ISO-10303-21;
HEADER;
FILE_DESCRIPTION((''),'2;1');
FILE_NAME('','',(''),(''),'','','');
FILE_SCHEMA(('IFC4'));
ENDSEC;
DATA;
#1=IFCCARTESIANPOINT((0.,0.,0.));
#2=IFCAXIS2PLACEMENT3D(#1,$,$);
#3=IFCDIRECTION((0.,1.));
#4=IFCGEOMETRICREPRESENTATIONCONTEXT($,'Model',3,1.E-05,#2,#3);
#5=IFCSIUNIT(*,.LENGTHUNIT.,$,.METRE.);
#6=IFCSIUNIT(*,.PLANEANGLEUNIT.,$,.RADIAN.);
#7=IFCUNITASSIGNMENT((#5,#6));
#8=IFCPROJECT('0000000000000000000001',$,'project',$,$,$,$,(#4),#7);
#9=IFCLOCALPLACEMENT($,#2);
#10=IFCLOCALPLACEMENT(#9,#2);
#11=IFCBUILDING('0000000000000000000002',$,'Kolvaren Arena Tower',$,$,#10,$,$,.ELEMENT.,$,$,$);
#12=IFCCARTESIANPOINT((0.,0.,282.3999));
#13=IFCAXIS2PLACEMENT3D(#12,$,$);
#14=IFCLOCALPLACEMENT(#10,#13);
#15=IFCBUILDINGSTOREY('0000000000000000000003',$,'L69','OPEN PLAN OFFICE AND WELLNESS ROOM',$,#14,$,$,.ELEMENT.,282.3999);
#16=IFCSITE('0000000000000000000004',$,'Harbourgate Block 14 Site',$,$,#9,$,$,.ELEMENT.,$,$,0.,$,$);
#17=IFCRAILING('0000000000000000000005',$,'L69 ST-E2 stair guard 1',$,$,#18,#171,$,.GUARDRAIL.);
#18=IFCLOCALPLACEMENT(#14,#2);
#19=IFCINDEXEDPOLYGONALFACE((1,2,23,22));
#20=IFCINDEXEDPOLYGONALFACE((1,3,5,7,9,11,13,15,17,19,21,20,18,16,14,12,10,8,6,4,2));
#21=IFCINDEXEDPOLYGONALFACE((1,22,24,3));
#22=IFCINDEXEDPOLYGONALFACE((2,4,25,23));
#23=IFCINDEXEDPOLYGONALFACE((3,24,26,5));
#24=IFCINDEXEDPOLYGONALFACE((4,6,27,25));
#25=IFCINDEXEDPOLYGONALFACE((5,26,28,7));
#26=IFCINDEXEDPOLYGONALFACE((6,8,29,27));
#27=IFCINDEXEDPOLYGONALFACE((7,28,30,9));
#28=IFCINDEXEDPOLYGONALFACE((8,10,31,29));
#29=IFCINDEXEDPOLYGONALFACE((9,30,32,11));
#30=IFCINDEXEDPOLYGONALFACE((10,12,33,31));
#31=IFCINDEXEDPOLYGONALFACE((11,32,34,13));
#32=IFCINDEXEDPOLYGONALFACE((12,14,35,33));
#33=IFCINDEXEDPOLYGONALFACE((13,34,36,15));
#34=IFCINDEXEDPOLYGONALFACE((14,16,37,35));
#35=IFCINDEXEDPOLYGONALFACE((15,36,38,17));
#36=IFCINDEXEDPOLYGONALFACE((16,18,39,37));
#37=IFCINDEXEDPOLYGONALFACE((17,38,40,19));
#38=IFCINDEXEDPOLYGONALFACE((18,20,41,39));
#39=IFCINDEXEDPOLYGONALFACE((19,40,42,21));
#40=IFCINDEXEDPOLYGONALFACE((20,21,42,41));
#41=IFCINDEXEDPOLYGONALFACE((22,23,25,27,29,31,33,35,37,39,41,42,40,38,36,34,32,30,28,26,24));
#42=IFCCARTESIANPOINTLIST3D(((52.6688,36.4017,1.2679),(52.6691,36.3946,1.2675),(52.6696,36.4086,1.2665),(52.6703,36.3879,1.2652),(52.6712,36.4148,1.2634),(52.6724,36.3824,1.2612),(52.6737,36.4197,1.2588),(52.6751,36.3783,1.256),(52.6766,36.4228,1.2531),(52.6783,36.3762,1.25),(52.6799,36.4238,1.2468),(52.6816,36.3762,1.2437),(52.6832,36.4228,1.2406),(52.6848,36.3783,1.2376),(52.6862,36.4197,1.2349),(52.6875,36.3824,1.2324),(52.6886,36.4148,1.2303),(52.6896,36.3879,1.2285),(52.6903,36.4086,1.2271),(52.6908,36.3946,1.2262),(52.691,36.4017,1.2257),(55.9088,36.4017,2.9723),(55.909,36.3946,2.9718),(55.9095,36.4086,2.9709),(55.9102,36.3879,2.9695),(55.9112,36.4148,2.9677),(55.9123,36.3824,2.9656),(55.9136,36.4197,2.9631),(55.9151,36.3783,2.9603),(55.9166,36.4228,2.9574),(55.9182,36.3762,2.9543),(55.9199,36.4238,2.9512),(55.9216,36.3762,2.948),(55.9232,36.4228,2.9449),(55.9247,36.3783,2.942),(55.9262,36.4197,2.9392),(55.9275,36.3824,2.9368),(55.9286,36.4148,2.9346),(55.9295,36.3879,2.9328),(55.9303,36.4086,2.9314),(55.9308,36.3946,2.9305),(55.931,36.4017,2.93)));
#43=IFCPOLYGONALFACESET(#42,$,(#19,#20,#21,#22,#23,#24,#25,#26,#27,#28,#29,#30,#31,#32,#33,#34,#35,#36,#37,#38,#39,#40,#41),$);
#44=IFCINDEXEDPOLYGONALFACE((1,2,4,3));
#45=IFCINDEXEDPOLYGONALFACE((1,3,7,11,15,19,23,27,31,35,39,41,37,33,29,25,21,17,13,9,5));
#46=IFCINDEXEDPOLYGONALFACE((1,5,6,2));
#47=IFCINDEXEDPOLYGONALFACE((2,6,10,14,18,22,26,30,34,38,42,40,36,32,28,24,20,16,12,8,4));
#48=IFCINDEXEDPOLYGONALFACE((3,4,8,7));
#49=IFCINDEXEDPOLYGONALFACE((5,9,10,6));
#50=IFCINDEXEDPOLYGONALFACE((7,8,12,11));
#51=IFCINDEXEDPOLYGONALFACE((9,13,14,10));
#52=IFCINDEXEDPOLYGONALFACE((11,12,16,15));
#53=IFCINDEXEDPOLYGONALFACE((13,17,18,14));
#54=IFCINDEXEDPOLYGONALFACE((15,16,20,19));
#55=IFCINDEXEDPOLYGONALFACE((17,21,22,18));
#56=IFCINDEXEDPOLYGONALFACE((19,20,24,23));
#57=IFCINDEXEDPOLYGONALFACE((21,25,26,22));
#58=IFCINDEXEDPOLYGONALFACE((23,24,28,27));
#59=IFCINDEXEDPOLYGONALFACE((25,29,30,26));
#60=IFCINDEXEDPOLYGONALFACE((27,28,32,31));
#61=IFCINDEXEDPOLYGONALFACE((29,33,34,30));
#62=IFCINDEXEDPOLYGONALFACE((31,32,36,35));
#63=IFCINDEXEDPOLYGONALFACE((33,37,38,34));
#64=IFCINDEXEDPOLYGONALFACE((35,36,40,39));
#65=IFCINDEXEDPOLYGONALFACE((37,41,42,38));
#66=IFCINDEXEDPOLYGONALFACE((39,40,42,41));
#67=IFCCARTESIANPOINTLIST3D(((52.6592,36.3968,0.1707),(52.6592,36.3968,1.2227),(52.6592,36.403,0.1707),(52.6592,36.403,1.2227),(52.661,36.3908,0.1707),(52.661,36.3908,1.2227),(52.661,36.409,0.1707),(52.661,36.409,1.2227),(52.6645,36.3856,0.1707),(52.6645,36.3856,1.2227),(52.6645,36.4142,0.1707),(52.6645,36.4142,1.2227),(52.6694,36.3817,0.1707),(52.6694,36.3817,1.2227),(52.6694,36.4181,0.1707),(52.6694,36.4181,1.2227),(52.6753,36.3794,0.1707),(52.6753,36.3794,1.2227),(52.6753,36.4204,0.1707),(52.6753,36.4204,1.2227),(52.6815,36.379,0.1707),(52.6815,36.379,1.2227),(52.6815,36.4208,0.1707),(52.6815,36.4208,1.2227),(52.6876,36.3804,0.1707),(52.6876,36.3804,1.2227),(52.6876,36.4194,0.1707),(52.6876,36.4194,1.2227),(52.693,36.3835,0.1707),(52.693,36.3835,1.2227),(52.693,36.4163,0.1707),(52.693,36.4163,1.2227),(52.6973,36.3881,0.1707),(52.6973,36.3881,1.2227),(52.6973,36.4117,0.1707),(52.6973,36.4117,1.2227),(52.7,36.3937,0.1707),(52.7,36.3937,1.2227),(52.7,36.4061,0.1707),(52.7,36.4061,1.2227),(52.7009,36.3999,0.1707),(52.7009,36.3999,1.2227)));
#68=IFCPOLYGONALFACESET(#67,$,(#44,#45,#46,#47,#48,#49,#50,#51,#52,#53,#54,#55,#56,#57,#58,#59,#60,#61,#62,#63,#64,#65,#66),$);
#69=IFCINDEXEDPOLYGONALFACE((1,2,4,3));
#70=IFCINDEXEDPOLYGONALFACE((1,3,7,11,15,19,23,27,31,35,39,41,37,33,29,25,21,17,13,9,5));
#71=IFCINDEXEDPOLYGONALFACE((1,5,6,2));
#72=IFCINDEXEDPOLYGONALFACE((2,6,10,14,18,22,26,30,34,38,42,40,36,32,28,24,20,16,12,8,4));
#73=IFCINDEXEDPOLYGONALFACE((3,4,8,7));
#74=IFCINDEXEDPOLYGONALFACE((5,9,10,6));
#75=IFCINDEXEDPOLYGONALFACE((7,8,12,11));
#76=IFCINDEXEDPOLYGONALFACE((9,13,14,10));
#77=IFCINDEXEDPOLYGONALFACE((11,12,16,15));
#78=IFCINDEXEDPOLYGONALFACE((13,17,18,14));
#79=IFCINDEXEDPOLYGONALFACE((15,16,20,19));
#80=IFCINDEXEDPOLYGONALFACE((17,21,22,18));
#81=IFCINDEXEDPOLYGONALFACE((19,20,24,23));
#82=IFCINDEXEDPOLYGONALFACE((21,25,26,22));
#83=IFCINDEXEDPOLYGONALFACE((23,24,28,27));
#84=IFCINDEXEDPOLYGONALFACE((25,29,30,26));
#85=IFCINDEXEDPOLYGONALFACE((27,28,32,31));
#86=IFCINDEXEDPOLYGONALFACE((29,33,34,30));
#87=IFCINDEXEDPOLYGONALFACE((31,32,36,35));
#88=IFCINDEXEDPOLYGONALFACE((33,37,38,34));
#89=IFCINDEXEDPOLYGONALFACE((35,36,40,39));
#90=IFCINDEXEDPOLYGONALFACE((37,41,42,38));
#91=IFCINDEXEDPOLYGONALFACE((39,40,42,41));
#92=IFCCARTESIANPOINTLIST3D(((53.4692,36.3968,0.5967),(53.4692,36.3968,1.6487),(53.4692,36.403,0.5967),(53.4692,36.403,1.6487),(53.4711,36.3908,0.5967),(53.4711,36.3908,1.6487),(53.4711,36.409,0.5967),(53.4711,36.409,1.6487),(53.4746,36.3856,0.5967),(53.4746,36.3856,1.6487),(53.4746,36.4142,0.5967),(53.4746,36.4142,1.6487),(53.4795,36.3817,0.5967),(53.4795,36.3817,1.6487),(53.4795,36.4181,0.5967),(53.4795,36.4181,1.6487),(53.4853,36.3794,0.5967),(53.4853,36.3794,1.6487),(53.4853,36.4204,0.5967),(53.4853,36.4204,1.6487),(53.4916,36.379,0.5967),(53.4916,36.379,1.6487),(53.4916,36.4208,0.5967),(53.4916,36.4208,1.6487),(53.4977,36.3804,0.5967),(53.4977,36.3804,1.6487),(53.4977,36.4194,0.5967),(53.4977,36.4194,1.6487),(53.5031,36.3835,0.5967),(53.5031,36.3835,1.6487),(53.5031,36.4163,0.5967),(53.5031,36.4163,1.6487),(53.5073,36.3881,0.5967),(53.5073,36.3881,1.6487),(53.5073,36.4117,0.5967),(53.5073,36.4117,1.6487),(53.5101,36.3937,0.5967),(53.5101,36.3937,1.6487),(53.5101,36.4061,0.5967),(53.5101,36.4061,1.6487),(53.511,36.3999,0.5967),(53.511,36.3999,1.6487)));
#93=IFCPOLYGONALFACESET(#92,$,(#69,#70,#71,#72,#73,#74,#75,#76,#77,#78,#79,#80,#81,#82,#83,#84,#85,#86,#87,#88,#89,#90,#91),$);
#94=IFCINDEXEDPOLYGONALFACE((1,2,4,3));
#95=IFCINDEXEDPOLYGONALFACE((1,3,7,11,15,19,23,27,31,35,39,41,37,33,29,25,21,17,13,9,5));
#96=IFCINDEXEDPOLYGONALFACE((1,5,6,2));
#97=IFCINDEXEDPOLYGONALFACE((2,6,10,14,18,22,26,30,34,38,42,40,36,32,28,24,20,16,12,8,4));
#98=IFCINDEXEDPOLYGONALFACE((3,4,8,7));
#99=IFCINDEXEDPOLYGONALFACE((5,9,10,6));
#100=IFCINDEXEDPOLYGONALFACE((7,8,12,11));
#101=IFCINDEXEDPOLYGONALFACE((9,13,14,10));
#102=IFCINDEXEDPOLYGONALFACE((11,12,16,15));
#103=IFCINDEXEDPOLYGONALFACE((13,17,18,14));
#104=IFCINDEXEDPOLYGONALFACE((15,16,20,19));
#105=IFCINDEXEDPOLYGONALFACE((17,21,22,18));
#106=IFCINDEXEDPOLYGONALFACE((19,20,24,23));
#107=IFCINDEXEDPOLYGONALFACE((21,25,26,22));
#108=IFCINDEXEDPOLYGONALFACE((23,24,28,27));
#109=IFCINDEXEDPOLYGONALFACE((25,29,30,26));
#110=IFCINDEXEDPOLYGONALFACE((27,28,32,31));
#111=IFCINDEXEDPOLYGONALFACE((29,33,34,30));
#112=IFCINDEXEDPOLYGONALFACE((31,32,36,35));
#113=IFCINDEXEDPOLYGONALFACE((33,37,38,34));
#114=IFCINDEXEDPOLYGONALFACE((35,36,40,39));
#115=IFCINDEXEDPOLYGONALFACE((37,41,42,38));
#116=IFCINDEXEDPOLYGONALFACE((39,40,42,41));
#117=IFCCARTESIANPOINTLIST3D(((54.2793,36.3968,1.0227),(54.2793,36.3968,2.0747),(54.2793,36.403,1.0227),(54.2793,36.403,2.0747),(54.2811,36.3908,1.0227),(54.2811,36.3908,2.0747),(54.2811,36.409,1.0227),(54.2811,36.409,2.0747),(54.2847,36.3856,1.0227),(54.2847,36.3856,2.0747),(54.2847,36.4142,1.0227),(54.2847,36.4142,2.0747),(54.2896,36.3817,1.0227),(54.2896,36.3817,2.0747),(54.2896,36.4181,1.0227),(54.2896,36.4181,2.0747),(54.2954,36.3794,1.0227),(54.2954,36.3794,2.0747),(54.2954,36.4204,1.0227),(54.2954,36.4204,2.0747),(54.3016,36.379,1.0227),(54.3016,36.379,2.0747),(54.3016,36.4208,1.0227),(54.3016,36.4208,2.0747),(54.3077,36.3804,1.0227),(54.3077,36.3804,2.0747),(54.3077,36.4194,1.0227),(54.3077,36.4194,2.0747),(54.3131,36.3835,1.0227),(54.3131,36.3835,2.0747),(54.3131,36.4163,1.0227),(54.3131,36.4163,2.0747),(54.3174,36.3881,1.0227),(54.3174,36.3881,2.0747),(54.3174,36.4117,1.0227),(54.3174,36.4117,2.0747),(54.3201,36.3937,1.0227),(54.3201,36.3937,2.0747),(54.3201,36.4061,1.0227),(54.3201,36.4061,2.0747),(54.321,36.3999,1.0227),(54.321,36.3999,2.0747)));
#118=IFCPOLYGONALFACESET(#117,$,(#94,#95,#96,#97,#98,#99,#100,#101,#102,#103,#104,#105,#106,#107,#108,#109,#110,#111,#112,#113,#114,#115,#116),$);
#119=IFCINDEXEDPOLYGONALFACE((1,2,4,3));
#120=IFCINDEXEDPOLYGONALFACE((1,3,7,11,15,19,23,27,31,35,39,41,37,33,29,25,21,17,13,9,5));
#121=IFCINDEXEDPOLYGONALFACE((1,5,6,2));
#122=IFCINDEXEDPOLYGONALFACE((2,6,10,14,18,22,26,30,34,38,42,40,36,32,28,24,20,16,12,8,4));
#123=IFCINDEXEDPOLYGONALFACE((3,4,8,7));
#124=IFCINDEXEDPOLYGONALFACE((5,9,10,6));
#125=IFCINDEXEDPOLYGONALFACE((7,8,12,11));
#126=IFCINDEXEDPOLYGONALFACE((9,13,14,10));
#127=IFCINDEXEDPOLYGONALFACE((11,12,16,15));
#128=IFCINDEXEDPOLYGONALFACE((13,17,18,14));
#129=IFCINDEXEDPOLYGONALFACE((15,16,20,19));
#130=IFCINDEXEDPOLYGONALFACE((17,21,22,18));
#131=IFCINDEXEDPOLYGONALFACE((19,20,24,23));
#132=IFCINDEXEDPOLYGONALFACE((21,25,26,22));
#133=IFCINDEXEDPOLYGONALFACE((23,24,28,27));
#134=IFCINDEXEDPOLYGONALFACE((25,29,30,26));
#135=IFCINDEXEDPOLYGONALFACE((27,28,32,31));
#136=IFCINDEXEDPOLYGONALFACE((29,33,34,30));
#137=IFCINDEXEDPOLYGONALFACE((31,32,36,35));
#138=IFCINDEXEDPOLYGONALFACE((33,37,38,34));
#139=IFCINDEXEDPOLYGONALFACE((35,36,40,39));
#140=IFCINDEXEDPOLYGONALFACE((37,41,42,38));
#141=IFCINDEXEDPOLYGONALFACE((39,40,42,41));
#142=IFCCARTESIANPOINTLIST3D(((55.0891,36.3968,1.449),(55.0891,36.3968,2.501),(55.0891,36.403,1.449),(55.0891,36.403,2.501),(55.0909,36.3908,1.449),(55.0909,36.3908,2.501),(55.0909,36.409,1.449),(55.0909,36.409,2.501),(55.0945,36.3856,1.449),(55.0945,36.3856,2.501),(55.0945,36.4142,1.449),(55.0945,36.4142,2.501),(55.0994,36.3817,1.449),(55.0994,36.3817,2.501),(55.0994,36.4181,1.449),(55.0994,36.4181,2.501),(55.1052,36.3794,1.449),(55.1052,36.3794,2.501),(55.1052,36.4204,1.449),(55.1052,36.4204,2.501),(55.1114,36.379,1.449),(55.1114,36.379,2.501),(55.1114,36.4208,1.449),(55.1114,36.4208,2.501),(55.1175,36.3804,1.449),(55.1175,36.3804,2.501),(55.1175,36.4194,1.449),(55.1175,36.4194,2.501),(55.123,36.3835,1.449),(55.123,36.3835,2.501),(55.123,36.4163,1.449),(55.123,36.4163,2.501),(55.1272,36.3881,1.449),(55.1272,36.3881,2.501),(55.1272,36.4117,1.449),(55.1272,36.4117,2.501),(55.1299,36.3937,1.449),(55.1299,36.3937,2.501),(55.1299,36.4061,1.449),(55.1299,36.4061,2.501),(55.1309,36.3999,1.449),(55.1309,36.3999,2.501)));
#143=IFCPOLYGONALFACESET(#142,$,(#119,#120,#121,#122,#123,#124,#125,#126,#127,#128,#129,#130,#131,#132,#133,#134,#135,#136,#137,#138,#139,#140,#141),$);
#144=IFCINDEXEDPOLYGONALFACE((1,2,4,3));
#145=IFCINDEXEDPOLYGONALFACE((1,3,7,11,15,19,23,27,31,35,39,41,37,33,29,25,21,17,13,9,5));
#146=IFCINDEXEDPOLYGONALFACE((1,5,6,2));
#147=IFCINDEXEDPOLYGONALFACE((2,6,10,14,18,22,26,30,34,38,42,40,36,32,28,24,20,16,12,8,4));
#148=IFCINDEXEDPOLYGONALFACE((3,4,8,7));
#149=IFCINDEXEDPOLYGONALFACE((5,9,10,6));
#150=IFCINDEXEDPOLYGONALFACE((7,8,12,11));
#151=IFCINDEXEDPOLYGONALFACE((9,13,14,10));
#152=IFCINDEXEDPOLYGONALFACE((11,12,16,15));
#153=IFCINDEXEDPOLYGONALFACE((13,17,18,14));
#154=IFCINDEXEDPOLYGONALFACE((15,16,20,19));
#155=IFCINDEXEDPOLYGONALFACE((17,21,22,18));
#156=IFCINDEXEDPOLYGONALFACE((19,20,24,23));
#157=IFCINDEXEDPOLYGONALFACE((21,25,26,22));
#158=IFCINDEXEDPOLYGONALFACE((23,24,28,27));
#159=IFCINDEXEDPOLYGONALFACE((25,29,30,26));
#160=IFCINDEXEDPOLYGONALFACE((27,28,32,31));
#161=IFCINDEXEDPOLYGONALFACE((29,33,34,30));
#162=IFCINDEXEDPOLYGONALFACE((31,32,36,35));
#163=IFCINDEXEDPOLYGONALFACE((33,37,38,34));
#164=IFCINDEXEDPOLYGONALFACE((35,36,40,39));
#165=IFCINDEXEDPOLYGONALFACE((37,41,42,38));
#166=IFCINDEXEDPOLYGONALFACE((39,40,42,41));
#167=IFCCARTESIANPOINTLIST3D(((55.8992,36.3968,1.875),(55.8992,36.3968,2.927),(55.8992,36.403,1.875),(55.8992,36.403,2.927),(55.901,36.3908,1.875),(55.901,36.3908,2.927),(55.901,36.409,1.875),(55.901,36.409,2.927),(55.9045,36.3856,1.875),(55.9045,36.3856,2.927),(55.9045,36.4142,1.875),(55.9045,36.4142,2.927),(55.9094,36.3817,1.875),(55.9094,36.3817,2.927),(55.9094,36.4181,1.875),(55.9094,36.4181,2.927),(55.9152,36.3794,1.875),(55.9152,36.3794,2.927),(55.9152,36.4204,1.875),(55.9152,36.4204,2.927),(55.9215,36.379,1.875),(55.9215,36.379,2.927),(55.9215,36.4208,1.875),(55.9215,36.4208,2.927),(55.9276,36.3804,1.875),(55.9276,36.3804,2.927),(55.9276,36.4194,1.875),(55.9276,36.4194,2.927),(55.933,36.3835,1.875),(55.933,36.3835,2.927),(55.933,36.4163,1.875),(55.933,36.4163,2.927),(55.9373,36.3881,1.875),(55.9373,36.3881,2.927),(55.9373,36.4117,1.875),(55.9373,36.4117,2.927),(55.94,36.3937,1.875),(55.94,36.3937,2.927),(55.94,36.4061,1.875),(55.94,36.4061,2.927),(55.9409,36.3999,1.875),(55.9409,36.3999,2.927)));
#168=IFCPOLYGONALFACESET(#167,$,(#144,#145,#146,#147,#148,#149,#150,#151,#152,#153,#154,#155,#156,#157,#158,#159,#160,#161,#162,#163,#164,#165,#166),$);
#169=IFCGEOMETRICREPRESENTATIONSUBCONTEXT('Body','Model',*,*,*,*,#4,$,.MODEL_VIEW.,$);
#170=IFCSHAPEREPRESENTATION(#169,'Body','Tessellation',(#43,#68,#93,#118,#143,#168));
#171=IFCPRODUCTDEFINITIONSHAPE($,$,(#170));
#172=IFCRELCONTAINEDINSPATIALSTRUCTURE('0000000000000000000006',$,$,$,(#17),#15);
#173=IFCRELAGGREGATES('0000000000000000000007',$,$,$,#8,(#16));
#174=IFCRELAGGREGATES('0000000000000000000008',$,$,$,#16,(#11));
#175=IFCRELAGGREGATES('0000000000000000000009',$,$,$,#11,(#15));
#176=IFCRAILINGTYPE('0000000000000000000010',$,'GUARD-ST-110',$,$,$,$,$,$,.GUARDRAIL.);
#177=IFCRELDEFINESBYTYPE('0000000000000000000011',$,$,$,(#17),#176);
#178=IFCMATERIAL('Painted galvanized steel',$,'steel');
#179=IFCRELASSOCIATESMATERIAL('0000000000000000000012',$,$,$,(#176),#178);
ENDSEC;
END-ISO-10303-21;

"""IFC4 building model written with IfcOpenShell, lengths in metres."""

from ifc_helpers import new_model, si_unit, direction, frame, origin, origin_2d, place, context, subcontext, project, spatial, circle, extrude, material, type_object, element, save


model = new_model("IFC4")

# Units and contexts
model_context = context("Model", 3, precision=1e-05, world=origin(), true_north=direction((0.0, 1.0)))
body_context = subcontext(model_context, "Body", "Model", "MODEL_VIEW")
ifc_project = project(units=[si_unit("LENGTHUNIT", "METRE"), si_unit("PLANEANGLEUNIT", "RADIAN")], contexts=[model_context])

# Site, building, storey
site_placement = place(None, origin())
site = spatial("IfcSite", under=ifc_project, at=site_placement, Name="Harbourgate Block 14 Site", CompositionType="ELEMENT", RefElevation=0.0)
building_placement = place(site_placement, origin())
building = spatial("IfcBuilding", under=site, at=building_placement, Name="Kolvaren Arena Tower", CompositionType="ELEMENT")
storey_placement = place(building_placement, frame((0.0, 0.0, 282.3999)))
storey = spatial("IfcBuildingStorey", under=building, at=storey_placement, Name="L69", Description="OPEN PLAN OFFICE AND WELLNESS ROOM", CompositionType="ELEMENT", Elevation=282.3999)

# Railing
ifc_material_1 = material(Name="Painted galvanized steel", Category="steel")
railing_type_1 = type_object("IfcRailingType", Name="GUARD-ST-110", PredefinedType="GUARDRAIL", material=ifc_material_1)
railing_1_placement = place(storey_placement, frame((52.6799, 36.3999, 0.1707)))
element("IfcRailing", 1, at=railing_1_placement, inside=storey, type_object=railing_type_1, Name="L69 ST-E2 stair guard 1", PredefinedType="GUARDRAIL", context=body_context, shape_type="SweptSolid", body=[
    extrude(circle(Radius=0.0239, at=origin_2d()), frame((0.0, 0.0, 1.0762), z_axis=(0.885021, 0.0, 0.465551), x_axis=(0.0, 1.0, 0.0)), (0.0, 0.0, 1.0), 3.6609),
    extrude(circle(Radius=0.021, at=origin_2d()), origin(), (0.0, 0.0, 1.0), 1.052),
    extrude(circle(Radius=0.021, at=origin_2d()), frame((0.8101, 0.0, 0.426)), (0.0, 0.0, 1.0), 1.052),
    extrude(circle(Radius=0.021, at=origin_2d()), frame((1.6201, 0.0, 0.8521)), (0.0, 0.0, 1.0), 1.052),
    extrude(circle(Radius=0.021, at=origin_2d()), frame((2.4299, 0.0, 1.2783)), (0.0, 0.0, 1.0), 1.052),
    extrude(circle(Radius=0.021, at=origin_2d()), frame((3.24, 0.0, 1.7043)), (0.0, 0.0, 1.0), 1.052),
])

save(model, "model.ifc")
